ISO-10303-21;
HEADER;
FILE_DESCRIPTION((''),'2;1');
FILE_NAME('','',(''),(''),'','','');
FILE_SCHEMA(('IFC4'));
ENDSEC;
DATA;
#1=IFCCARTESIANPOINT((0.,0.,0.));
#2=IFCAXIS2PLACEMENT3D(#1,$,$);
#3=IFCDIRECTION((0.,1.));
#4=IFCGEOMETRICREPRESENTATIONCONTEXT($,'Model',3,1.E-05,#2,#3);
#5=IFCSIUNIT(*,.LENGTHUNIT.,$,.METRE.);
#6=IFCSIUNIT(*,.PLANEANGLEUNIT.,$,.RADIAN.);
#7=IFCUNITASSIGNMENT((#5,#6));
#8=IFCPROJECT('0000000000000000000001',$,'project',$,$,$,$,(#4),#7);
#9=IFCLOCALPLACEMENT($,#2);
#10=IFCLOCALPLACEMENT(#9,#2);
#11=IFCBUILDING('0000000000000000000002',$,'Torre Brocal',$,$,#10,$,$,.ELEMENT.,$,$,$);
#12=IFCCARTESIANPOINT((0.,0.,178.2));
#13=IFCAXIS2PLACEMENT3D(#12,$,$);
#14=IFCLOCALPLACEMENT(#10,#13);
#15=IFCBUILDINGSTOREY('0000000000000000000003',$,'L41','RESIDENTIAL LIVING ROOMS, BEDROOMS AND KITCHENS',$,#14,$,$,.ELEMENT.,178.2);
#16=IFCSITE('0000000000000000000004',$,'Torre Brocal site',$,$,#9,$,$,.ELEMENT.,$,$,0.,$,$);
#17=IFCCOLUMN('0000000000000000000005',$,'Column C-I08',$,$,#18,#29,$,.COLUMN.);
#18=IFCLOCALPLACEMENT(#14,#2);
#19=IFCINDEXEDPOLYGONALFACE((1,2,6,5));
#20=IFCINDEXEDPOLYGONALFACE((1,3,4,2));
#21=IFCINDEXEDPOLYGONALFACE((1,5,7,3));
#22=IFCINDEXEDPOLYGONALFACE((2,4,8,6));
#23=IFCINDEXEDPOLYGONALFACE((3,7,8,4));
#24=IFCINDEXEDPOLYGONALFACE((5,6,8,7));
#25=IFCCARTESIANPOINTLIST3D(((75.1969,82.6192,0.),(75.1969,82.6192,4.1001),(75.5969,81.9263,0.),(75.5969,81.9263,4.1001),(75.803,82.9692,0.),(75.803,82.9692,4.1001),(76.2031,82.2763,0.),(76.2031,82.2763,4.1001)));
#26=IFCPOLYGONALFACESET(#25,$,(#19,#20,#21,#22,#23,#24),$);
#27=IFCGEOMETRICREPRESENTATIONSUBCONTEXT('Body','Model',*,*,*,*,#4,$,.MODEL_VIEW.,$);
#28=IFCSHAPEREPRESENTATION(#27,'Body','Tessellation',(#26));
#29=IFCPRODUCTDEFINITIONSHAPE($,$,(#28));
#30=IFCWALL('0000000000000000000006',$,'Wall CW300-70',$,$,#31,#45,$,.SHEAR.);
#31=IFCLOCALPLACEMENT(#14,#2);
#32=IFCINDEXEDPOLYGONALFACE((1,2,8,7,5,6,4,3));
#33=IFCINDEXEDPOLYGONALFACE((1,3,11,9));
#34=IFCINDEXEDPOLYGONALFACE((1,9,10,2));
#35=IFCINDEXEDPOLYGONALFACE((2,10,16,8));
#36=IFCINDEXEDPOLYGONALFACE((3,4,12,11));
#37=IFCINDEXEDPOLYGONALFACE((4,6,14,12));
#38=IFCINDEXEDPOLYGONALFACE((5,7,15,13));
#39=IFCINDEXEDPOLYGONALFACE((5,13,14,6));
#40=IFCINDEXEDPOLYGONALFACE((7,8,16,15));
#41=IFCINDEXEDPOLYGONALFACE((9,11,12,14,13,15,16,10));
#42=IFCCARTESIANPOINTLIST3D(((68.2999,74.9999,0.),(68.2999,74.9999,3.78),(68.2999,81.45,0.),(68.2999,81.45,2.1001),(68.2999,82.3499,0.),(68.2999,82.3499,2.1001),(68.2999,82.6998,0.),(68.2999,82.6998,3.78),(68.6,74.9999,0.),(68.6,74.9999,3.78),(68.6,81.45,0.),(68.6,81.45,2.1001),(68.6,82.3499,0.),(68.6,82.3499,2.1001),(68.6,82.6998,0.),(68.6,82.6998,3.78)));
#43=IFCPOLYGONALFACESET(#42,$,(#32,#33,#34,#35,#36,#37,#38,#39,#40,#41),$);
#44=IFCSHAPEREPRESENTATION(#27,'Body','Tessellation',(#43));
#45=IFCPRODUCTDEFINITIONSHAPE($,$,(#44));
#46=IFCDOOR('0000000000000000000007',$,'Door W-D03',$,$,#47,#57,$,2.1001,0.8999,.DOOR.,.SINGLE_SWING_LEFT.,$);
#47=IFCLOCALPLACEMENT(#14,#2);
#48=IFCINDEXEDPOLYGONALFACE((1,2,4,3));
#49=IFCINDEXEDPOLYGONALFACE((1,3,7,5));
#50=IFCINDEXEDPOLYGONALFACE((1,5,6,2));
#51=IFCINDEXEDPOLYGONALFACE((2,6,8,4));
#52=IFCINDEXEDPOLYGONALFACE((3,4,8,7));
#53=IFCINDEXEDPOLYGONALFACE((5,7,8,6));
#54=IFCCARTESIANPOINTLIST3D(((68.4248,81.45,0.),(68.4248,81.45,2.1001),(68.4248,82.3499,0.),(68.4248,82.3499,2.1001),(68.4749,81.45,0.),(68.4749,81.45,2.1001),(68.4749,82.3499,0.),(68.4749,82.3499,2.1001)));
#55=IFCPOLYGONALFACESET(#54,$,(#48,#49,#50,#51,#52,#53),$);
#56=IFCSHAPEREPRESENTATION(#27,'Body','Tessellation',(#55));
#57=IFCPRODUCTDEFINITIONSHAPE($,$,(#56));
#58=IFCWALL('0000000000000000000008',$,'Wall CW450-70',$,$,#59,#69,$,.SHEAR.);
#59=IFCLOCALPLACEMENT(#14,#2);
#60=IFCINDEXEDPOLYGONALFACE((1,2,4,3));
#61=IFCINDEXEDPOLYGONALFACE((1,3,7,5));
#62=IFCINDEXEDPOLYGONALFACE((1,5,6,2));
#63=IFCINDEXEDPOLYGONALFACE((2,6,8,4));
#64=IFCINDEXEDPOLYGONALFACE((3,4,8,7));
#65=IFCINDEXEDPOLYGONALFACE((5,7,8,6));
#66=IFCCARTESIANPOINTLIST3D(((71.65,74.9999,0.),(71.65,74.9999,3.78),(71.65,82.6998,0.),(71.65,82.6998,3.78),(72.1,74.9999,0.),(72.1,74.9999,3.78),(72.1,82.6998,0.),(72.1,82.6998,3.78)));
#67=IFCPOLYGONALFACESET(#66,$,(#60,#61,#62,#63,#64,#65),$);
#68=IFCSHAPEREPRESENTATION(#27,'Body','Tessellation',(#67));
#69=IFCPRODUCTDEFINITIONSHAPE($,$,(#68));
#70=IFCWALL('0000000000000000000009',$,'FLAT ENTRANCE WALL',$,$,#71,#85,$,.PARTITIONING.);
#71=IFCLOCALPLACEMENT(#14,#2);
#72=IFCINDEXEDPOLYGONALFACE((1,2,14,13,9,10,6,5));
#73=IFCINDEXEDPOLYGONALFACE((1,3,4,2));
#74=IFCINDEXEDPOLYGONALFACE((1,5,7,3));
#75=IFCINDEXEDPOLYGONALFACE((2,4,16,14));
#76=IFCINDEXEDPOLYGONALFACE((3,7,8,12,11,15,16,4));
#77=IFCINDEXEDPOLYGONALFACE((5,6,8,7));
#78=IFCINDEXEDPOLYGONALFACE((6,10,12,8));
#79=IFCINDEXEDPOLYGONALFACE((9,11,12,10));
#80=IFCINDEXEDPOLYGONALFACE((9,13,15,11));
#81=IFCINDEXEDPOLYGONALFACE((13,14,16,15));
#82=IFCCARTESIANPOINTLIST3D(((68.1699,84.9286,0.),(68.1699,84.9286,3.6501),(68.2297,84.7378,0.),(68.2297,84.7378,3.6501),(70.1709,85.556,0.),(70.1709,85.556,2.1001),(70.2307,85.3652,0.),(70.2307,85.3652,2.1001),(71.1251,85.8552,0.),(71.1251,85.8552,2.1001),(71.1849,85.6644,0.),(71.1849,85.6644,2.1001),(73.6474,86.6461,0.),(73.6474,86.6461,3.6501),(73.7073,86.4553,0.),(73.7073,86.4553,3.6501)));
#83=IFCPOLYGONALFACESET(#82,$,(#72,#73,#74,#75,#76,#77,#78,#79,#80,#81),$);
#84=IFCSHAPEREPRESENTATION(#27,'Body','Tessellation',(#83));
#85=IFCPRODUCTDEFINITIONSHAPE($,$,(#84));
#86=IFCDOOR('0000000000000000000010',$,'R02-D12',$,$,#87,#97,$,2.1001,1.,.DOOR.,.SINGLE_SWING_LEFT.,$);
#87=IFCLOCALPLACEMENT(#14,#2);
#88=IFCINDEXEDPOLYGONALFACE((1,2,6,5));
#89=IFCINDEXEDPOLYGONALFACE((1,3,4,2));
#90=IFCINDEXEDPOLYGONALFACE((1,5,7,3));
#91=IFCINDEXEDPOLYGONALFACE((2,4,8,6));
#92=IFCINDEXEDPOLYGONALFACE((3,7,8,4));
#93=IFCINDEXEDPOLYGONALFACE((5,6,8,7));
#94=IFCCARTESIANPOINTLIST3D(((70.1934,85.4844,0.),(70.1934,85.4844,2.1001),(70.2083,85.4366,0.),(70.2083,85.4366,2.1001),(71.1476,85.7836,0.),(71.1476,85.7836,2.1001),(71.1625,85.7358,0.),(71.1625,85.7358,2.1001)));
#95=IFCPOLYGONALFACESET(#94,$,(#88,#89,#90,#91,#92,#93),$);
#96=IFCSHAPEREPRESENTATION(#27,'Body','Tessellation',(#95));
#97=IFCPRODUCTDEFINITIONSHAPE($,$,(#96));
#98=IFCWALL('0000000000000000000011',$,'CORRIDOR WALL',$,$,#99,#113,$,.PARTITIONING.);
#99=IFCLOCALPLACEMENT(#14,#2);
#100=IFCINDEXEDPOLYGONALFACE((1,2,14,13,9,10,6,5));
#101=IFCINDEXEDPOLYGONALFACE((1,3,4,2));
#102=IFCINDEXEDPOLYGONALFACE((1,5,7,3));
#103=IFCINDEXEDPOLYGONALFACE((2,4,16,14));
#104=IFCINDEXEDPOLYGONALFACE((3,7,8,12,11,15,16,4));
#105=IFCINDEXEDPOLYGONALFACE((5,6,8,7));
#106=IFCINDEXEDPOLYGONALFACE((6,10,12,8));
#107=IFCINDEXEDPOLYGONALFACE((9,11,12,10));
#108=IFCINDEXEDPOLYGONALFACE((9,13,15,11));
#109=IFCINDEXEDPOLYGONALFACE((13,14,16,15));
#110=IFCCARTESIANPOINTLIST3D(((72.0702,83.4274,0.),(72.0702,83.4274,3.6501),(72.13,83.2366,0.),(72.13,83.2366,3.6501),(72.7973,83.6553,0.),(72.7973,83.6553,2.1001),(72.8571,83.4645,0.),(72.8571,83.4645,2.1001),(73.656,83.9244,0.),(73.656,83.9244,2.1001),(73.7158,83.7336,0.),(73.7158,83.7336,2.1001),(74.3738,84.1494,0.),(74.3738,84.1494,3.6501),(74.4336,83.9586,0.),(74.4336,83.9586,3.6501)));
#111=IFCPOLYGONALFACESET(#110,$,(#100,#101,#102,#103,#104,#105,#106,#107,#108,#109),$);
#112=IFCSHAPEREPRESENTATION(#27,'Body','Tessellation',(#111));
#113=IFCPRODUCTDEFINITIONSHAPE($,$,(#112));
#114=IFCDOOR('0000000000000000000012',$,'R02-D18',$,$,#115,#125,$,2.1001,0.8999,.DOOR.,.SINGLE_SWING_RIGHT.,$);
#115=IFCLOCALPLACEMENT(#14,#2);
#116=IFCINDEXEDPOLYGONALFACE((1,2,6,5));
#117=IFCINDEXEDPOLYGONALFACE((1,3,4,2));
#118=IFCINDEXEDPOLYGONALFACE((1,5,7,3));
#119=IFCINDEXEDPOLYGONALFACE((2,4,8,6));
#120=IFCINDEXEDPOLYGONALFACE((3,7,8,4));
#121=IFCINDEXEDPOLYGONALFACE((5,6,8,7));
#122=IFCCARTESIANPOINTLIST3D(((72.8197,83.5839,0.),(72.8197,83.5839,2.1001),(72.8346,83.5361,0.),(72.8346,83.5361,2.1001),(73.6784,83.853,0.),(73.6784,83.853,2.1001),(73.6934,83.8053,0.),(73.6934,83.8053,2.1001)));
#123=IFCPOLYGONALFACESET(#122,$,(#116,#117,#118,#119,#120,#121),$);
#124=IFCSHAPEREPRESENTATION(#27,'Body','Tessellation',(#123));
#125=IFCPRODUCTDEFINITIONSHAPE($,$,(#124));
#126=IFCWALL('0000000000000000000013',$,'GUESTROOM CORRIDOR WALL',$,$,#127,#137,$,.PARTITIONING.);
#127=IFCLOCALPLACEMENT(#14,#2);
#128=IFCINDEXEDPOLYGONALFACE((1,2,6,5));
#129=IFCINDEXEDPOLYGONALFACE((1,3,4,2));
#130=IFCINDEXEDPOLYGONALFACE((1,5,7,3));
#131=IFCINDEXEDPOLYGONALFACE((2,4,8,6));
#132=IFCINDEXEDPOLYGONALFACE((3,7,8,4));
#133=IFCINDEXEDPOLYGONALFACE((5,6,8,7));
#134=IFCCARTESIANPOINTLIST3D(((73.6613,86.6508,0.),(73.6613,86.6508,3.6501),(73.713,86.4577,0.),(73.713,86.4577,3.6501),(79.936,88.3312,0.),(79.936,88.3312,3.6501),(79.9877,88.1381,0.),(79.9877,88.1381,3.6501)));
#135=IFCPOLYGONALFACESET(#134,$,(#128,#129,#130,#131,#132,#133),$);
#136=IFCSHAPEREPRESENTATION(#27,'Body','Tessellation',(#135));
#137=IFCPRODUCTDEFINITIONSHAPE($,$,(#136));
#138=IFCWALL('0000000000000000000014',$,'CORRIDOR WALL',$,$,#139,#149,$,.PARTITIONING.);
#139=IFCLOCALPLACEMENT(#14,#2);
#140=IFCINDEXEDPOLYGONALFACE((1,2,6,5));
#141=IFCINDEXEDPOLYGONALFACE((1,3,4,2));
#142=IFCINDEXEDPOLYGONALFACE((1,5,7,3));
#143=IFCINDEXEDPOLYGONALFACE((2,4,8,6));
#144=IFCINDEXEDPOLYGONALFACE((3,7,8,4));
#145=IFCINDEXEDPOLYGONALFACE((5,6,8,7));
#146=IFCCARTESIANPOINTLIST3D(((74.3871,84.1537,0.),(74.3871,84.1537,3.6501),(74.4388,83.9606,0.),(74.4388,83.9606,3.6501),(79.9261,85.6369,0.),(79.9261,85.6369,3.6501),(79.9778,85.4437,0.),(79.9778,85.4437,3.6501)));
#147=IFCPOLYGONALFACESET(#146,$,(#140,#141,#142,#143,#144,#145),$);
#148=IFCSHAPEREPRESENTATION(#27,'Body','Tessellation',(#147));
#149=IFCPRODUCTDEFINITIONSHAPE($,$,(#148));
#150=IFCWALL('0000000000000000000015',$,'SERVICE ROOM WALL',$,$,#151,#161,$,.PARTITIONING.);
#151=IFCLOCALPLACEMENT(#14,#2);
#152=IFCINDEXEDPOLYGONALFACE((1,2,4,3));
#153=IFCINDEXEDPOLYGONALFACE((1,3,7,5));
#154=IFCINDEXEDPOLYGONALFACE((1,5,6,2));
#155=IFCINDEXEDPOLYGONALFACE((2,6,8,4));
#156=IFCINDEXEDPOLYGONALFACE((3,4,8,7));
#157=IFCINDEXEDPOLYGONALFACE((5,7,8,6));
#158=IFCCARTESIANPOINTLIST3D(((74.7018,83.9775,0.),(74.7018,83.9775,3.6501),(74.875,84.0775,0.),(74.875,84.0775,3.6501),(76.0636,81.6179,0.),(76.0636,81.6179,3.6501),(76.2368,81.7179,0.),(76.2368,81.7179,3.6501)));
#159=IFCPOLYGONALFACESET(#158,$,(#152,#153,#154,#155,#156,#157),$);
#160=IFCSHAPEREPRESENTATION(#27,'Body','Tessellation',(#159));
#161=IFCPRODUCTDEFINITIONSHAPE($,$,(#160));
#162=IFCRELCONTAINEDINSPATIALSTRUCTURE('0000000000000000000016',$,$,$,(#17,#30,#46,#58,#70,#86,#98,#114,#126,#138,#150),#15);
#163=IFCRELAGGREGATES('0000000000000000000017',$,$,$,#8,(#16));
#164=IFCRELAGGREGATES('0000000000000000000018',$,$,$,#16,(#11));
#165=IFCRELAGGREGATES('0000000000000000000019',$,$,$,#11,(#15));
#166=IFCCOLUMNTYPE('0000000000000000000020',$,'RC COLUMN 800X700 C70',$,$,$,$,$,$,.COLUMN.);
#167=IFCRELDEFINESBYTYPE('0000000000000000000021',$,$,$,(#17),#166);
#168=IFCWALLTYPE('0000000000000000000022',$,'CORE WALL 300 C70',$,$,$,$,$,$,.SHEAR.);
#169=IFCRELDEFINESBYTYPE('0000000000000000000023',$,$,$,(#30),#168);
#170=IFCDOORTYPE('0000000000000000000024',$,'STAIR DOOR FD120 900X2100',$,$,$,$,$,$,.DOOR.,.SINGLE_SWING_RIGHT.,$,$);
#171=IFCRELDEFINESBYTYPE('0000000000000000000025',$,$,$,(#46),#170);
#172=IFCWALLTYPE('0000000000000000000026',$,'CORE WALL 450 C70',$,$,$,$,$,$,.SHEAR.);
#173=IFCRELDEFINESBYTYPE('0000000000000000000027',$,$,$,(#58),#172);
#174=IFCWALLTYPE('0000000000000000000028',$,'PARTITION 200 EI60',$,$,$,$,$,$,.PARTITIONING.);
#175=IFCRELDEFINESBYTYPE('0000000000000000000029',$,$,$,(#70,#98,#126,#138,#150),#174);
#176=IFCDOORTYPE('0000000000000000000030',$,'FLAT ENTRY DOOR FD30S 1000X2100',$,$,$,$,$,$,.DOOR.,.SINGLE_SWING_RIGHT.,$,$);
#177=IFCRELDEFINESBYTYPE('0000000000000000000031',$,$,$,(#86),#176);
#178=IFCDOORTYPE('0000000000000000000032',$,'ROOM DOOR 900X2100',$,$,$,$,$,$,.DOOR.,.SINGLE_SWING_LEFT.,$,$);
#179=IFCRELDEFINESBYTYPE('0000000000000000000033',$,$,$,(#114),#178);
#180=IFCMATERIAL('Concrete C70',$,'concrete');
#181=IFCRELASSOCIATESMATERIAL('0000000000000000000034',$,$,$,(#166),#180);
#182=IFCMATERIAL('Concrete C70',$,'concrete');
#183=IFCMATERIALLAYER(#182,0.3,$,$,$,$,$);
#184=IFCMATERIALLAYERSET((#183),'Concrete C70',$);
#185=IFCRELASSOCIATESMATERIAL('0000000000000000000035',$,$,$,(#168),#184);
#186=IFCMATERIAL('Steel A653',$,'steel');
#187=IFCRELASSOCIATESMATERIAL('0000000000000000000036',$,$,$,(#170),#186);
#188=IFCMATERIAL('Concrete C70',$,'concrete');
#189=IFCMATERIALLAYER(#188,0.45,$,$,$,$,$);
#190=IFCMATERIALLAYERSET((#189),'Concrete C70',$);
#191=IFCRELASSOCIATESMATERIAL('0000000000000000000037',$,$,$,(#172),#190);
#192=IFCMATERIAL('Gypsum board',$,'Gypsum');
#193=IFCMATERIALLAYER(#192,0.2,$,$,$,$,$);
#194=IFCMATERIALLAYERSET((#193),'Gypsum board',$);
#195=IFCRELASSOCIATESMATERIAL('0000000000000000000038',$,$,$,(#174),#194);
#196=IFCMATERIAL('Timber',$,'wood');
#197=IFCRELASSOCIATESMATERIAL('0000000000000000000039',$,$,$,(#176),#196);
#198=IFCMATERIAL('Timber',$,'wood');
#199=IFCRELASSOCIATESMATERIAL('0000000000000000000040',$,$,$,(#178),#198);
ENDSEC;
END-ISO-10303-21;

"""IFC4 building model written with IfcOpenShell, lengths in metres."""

from ifc_helpers import new_model, si_unit, direction, frame, frame_2d, origin, origin_2d, place, context, subcontext, project, spatial, rectangle, extrude, material, layer, layer_set, material_profile, profile_set, type_object, element, fill, save


model = new_model("IFC4")

# Units and contexts
model_context = context("Model", 3, precision=1e-05, world=origin(), true_north=direction((0.0, 1.0)))
body_context = subcontext(model_context, "Body", "Model", "MODEL_VIEW")
ifc_project = project(units=[si_unit("LENGTHUNIT", "METRE"), si_unit("PLANEANGLEUNIT", "RADIAN")], contexts=[model_context])

# Site, building, storey
site_placement = place(None, origin())
site = spatial("IfcSite", under=ifc_project, at=site_placement, Name="Torre Brocal site", CompositionType="ELEMENT", RefElevation=0.0)
building_placement = place(site_placement, origin())
building = spatial("IfcBuilding", under=site, at=building_placement, Name="Torre Brocal", CompositionType="ELEMENT")
storey_placement = place(building_placement, frame((0.0, 0.0, 178.2)))
storey = spatial("IfcBuildingStorey", under=building, at=storey_placement, Name="L41", Description="RESIDENTIAL LIVING ROOMS, BEDROOMS AND KITCHENS", CompositionType="ELEMENT", Elevation=178.2)

# Column
ifc_material_1 = material(Name="Concrete C70", Category="concrete")
ifc_material_profile = material_profile(ifc_material_1, rectangle(XDim=0.8, YDim=0.7, at=origin_2d()), Name="RC 800X700")
ifc_profile_set = profile_set([ifc_material_profile], Name="Concrete C70")
column_type = type_object("IfcColumnType", Name="RC COLUMN 800X700 C70", PredefinedType="COLUMN", material=ifc_profile_set)
column_placement = place(storey_placement, frame((75.7, 82.4478, 0.0), z_axis=(0.0, 0.0, 1.0), x_axis=(-0.5, 0.866025, 0.0)))
element("IfcColumn", 1, at=column_placement, inside=storey, type_object=column_type, Name="Column C-I08", PredefinedType="COLUMN", context=body_context, shape_type="SweptSolid", body=[
    extrude(rectangle(XDim=0.8, YDim=0.7, at=origin_2d()), origin(), (0.0, 0.0, 1.0), 4.1001),
])

# Wall, opening, door
ifc_material_2 = material(Name="Concrete C70", Category="concrete")
ifc_layer_1 = layer(ifc_material_2, 0.3)
ifc_layer_set_1 = layer_set([ifc_layer_1], Name="Concrete C70")
wall_type_1 = type_object("IfcWallType", Name="CORE WALL 300 C70", PredefinedType="SHEAR", material=ifc_layer_set_1)
wall_1_placement = place(storey_placement, frame((68.45, 82.7, 0.0), z_axis=(0.0, 0.0, 1.0), x_axis=(0.0, -1.0, 0.0)))
wall_1 = element("IfcWall", 2, at=wall_1_placement, inside=storey, type_object=wall_type_1, Name="Wall CW300-70", PredefinedType="SHEAR", context=body_context, shape_type="SweptSolid", body=[
    extrude(rectangle(XDim=7.7, YDim=0.3, at=frame_2d((3.8501, 0.0))), origin(), (0.0, 0.0, 1.0), 3.78),
])
opening_1_placement = place(wall_1_placement, frame((0.3501, 0.0, 0.0)))
opening_1 = element("IfcOpeningElement", 3, at=opening_1_placement, cuts=wall_1, PredefinedType="OPENING", context=body_context, shape_type="SweptSolid", body=[
    extrude(rectangle(XDim=0.8999, YDim=2.1001, at=frame_2d((0.45, 1.05))), frame((0.0, 0.1599, 0.0), z_axis=(0.0, -1.0, 0.0), x_axis=(1.0, 0.0, 0.0)), (0.0, 0.0, 1.0), 0.3201),
])
ifc_material_3 = material(Name="Steel A653", Category="steel")
door_type_1 = type_object("IfcDoorType", Name="STAIR DOOR FD120 900X2100", OperationType="SINGLE_SWING_RIGHT", PredefinedType="DOOR", material=ifc_material_3)
door_1_placement = place(opening_1_placement, origin())
door_1 = element("IfcDoor", 4, at=door_1_placement, inside=storey, type_object=door_type_1, Name="Door W-D03", OperationType="SINGLE_SWING_LEFT", OverallHeight=2.1001, OverallWidth=0.8999, PredefinedType="DOOR", context=body_context, shape_type="SweptSolid", body=[
    extrude(rectangle(XDim=0.8999, YDim=2.1001, at=frame_2d((0.45, 1.05))), frame((0.0, 0.0249, 0.0), z_axis=(0.0, -1.0, 0.0), x_axis=(1.0, 0.0, 0.0)), (0.0, 0.0, 1.0), 0.05),
])
fill(opening_1, door_1)

# Wall
ifc_material_4 = material(Name="Concrete C70", Category="concrete")
ifc_layer_2 = layer(ifc_material_4, 0.45)
ifc_layer_set_2 = layer_set([ifc_layer_2], Name="Concrete C70")
wall_type_2 = type_object("IfcWallType", Name="CORE WALL 450 C70", PredefinedType="SHEAR", material=ifc_layer_set_2)
wall_2_placement = place(storey_placement, frame((71.875, 82.7, 0.0), z_axis=(0.0, 0.0, 1.0), x_axis=(0.0, -1.0, 0.0)))
element("IfcWall", 5, at=wall_2_placement, inside=storey, type_object=wall_type_2, Name="Wall CW450-70", PredefinedType="SHEAR", context=body_context, shape_type="SweptSolid", body=[
    extrude(rectangle(XDim=7.7, YDim=0.45, at=frame_2d((3.8501, 0.0))), origin(), (0.0, 0.0, 1.0), 3.78),
])

# Walls, openings, doors
ifc_material_5 = material(Name="Gypsum board", Category="Gypsum")
ifc_layer_3 = layer(ifc_material_5, 0.2)
ifc_layer_set_3 = layer_set([ifc_layer_3], Name="Gypsum board")
wall_type_3 = type_object("IfcWallType", Name="PARTITION 200 EI60", PredefinedType="PARTITIONING", material=ifc_layer_set_3)
wall_3_placement = place(storey_placement, frame((68.2, 84.8333, 0.0), z_axis=(0.0, 0.0, 1.0), x_axis=(0.954192, 0.299195, 0.0)))
wall_3 = element("IfcWall", 6, at=wall_3_placement, inside=storey, type_object=wall_type_3, Name="FLAT ENTRANCE WALL", PredefinedType="PARTITIONING", context=body_context, shape_type="SweptSolid", body=[
    extrude(rectangle(XDim=5.7405, YDim=0.2, at=frame_2d((2.8701, 0.0))), origin(), (0.0, 0.0, 1.0), 3.6501),
])
opening_2_placement = place(wall_3_placement, frame((2.0969, 0.0, 0.0)))
opening_2 = element("IfcOpeningElement", 7, at=opening_2_placement, cuts=wall_3, PredefinedType="OPENING", context=body_context, shape_type="SweptSolid", body=[
    extrude(rectangle(XDim=1.0, YDim=2.1001, at=frame_2d((0.5, 1.05))), frame((0.0, 0.1099, 0.0), z_axis=(0.0, -1.0, 0.0), x_axis=(1.0, 0.0, 0.0)), (0.0, 0.0, 1.0), 0.22),
])
ifc_material_6 = material(Name="Timber", Category="wood")
door_type_2 = type_object("IfcDoorType", Name="FLAT ENTRY DOOR FD30S 1000X2100", OperationType="SINGLE_SWING_RIGHT", PredefinedType="DOOR", material=ifc_material_6)
door_2_placement = place(opening_2_placement, origin())
door_2 = element("IfcDoor", 8, at=door_2_placement, inside=storey, type_object=door_type_2, Name="R02-D12", OperationType="SINGLE_SWING_LEFT", OverallHeight=2.1001, OverallWidth=1.0, PredefinedType="DOOR", context=body_context, shape_type="SweptSolid", body=[
    extrude(rectangle(XDim=1.0, YDim=2.1001, at=frame_2d((0.5, 1.05))), frame((0.0, 0.0249, 0.0), z_axis=(0.0, -1.0, 0.0), x_axis=(1.0, 0.0, 0.0)), (0.0, 0.0, 1.0), 0.05),
])
fill(opening_2, door_2)
wall_4_placement = place(storey_placement, frame((72.1001, 83.332, 0.0), z_axis=(0.0, 0.0, 1.0), x_axis=(0.954233, 0.299064, 0.0)))
wall_4 = element("IfcWall", 9, at=wall_4_placement, inside=storey, type_object=wall_type_3, Name="CORRIDOR WALL", PredefinedType="PARTITIONING", context=body_context, shape_type="SweptSolid", body=[
    extrude(rectangle(XDim=2.4141, YDim=0.2, at=frame_2d((1.207, 0.0))), origin(), (0.0, 0.0, 1.0), 3.6501),
])
opening_3_placement = place(wall_4_placement, frame((0.762, 0.0, 0.0)))
opening_3 = element("IfcOpeningElement", 10, at=opening_3_placement, cuts=wall_4, PredefinedType="OPENING", context=body_context, shape_type="SweptSolid", body=[
    extrude(rectangle(XDim=0.8999, YDim=2.1001, at=frame_2d((0.45, 1.05))), frame((0.0, 0.1099, 0.0), z_axis=(0.0, -1.0, 0.0), x_axis=(1.0, 0.0, 0.0)), (0.0, 0.0, 1.0), 0.22),
])
ifc_material_7 = material(Name="Timber", Category="wood")
door_type_3 = type_object("IfcDoorType", Name="ROOM DOOR 900X2100", OperationType="SINGLE_SWING_LEFT", PredefinedType="DOOR", material=ifc_material_7)
door_3_placement = place(opening_3_placement, frame((0.8999, 0.0, 0.0), z_axis=(0.0, 0.0, 1.0), x_axis=(-1.0, 0.0, 0.0)))
door_3 = element("IfcDoor", 11, at=door_3_placement, inside=storey, type_object=door_type_3, Name="R02-D18", OperationType="SINGLE_SWING_RIGHT", OverallHeight=2.1001, OverallWidth=0.8999, PredefinedType="DOOR", context=body_context, shape_type="SweptSolid", body=[
    extrude(rectangle(XDim=0.8999, YDim=2.1001, at=frame_2d((0.45, 1.05))), frame((0.0, 0.0249, 0.0), z_axis=(0.0, -1.0, 0.0), x_axis=(1.0, 0.0, 0.0)), (0.0, 0.0, 1.0), 0.05),
])
fill(opening_3, door_3)

# Walls
wall_5_placement = place(storey_placement, frame((73.687, 86.5542, 0.0), z_axis=(0.0, 0.0, 1.0), x_axis=(0.965959, 0.258694, 0.0)))
element("IfcWall", 12, at=wall_5_placement, inside=storey, type_object=wall_type_3, Name="GUESTROOM CORRIDOR WALL", PredefinedType="PARTITIONING", context=body_context, shape_type="SweptSolid", body=[
    extrude(rectangle(XDim=6.4958, YDim=0.2, at=frame_2d((3.248, 0.0))), origin(), (0.0, 0.0, 1.0), 3.6501),
])
wall_6_placement = place(storey_placement, frame((74.4128, 84.0571, 0.0), z_axis=(0.0, 0.0, 1.0), x_axis=(0.965971, 0.258651, 0.0)))
element("IfcWall", 13, at=wall_6_placement, inside=storey, type_object=wall_type_3, Name="CORRIDOR WALL", PredefinedType="PARTITIONING", context=body_context, shape_type="SweptSolid", body=[
    extrude(rectangle(XDim=5.7341, YDim=0.2, at=frame_2d((2.8672, 0.0))), origin(), (0.0, 0.0, 1.0), 3.6501),
])
wall_7_placement = place(storey_placement, frame((74.7883, 84.0276, 0.0), z_axis=(0.0, 0.0, 1.0), x_axis=(0.49986, -0.866107, 0.0)))
element("IfcWall", 14, at=wall_7_placement, inside=storey, type_object=wall_type_3, Name="SERVICE ROOM WALL", PredefinedType="PARTITIONING", context=body_context, shape_type="SweptSolid", body=[
    extrude(rectangle(XDim=2.7244, YDim=0.2, at=frame_2d((1.3623, 0.0))), origin(), (0.0, 0.0, 1.0), 3.6501),
])

save(model, "model.ifc")
